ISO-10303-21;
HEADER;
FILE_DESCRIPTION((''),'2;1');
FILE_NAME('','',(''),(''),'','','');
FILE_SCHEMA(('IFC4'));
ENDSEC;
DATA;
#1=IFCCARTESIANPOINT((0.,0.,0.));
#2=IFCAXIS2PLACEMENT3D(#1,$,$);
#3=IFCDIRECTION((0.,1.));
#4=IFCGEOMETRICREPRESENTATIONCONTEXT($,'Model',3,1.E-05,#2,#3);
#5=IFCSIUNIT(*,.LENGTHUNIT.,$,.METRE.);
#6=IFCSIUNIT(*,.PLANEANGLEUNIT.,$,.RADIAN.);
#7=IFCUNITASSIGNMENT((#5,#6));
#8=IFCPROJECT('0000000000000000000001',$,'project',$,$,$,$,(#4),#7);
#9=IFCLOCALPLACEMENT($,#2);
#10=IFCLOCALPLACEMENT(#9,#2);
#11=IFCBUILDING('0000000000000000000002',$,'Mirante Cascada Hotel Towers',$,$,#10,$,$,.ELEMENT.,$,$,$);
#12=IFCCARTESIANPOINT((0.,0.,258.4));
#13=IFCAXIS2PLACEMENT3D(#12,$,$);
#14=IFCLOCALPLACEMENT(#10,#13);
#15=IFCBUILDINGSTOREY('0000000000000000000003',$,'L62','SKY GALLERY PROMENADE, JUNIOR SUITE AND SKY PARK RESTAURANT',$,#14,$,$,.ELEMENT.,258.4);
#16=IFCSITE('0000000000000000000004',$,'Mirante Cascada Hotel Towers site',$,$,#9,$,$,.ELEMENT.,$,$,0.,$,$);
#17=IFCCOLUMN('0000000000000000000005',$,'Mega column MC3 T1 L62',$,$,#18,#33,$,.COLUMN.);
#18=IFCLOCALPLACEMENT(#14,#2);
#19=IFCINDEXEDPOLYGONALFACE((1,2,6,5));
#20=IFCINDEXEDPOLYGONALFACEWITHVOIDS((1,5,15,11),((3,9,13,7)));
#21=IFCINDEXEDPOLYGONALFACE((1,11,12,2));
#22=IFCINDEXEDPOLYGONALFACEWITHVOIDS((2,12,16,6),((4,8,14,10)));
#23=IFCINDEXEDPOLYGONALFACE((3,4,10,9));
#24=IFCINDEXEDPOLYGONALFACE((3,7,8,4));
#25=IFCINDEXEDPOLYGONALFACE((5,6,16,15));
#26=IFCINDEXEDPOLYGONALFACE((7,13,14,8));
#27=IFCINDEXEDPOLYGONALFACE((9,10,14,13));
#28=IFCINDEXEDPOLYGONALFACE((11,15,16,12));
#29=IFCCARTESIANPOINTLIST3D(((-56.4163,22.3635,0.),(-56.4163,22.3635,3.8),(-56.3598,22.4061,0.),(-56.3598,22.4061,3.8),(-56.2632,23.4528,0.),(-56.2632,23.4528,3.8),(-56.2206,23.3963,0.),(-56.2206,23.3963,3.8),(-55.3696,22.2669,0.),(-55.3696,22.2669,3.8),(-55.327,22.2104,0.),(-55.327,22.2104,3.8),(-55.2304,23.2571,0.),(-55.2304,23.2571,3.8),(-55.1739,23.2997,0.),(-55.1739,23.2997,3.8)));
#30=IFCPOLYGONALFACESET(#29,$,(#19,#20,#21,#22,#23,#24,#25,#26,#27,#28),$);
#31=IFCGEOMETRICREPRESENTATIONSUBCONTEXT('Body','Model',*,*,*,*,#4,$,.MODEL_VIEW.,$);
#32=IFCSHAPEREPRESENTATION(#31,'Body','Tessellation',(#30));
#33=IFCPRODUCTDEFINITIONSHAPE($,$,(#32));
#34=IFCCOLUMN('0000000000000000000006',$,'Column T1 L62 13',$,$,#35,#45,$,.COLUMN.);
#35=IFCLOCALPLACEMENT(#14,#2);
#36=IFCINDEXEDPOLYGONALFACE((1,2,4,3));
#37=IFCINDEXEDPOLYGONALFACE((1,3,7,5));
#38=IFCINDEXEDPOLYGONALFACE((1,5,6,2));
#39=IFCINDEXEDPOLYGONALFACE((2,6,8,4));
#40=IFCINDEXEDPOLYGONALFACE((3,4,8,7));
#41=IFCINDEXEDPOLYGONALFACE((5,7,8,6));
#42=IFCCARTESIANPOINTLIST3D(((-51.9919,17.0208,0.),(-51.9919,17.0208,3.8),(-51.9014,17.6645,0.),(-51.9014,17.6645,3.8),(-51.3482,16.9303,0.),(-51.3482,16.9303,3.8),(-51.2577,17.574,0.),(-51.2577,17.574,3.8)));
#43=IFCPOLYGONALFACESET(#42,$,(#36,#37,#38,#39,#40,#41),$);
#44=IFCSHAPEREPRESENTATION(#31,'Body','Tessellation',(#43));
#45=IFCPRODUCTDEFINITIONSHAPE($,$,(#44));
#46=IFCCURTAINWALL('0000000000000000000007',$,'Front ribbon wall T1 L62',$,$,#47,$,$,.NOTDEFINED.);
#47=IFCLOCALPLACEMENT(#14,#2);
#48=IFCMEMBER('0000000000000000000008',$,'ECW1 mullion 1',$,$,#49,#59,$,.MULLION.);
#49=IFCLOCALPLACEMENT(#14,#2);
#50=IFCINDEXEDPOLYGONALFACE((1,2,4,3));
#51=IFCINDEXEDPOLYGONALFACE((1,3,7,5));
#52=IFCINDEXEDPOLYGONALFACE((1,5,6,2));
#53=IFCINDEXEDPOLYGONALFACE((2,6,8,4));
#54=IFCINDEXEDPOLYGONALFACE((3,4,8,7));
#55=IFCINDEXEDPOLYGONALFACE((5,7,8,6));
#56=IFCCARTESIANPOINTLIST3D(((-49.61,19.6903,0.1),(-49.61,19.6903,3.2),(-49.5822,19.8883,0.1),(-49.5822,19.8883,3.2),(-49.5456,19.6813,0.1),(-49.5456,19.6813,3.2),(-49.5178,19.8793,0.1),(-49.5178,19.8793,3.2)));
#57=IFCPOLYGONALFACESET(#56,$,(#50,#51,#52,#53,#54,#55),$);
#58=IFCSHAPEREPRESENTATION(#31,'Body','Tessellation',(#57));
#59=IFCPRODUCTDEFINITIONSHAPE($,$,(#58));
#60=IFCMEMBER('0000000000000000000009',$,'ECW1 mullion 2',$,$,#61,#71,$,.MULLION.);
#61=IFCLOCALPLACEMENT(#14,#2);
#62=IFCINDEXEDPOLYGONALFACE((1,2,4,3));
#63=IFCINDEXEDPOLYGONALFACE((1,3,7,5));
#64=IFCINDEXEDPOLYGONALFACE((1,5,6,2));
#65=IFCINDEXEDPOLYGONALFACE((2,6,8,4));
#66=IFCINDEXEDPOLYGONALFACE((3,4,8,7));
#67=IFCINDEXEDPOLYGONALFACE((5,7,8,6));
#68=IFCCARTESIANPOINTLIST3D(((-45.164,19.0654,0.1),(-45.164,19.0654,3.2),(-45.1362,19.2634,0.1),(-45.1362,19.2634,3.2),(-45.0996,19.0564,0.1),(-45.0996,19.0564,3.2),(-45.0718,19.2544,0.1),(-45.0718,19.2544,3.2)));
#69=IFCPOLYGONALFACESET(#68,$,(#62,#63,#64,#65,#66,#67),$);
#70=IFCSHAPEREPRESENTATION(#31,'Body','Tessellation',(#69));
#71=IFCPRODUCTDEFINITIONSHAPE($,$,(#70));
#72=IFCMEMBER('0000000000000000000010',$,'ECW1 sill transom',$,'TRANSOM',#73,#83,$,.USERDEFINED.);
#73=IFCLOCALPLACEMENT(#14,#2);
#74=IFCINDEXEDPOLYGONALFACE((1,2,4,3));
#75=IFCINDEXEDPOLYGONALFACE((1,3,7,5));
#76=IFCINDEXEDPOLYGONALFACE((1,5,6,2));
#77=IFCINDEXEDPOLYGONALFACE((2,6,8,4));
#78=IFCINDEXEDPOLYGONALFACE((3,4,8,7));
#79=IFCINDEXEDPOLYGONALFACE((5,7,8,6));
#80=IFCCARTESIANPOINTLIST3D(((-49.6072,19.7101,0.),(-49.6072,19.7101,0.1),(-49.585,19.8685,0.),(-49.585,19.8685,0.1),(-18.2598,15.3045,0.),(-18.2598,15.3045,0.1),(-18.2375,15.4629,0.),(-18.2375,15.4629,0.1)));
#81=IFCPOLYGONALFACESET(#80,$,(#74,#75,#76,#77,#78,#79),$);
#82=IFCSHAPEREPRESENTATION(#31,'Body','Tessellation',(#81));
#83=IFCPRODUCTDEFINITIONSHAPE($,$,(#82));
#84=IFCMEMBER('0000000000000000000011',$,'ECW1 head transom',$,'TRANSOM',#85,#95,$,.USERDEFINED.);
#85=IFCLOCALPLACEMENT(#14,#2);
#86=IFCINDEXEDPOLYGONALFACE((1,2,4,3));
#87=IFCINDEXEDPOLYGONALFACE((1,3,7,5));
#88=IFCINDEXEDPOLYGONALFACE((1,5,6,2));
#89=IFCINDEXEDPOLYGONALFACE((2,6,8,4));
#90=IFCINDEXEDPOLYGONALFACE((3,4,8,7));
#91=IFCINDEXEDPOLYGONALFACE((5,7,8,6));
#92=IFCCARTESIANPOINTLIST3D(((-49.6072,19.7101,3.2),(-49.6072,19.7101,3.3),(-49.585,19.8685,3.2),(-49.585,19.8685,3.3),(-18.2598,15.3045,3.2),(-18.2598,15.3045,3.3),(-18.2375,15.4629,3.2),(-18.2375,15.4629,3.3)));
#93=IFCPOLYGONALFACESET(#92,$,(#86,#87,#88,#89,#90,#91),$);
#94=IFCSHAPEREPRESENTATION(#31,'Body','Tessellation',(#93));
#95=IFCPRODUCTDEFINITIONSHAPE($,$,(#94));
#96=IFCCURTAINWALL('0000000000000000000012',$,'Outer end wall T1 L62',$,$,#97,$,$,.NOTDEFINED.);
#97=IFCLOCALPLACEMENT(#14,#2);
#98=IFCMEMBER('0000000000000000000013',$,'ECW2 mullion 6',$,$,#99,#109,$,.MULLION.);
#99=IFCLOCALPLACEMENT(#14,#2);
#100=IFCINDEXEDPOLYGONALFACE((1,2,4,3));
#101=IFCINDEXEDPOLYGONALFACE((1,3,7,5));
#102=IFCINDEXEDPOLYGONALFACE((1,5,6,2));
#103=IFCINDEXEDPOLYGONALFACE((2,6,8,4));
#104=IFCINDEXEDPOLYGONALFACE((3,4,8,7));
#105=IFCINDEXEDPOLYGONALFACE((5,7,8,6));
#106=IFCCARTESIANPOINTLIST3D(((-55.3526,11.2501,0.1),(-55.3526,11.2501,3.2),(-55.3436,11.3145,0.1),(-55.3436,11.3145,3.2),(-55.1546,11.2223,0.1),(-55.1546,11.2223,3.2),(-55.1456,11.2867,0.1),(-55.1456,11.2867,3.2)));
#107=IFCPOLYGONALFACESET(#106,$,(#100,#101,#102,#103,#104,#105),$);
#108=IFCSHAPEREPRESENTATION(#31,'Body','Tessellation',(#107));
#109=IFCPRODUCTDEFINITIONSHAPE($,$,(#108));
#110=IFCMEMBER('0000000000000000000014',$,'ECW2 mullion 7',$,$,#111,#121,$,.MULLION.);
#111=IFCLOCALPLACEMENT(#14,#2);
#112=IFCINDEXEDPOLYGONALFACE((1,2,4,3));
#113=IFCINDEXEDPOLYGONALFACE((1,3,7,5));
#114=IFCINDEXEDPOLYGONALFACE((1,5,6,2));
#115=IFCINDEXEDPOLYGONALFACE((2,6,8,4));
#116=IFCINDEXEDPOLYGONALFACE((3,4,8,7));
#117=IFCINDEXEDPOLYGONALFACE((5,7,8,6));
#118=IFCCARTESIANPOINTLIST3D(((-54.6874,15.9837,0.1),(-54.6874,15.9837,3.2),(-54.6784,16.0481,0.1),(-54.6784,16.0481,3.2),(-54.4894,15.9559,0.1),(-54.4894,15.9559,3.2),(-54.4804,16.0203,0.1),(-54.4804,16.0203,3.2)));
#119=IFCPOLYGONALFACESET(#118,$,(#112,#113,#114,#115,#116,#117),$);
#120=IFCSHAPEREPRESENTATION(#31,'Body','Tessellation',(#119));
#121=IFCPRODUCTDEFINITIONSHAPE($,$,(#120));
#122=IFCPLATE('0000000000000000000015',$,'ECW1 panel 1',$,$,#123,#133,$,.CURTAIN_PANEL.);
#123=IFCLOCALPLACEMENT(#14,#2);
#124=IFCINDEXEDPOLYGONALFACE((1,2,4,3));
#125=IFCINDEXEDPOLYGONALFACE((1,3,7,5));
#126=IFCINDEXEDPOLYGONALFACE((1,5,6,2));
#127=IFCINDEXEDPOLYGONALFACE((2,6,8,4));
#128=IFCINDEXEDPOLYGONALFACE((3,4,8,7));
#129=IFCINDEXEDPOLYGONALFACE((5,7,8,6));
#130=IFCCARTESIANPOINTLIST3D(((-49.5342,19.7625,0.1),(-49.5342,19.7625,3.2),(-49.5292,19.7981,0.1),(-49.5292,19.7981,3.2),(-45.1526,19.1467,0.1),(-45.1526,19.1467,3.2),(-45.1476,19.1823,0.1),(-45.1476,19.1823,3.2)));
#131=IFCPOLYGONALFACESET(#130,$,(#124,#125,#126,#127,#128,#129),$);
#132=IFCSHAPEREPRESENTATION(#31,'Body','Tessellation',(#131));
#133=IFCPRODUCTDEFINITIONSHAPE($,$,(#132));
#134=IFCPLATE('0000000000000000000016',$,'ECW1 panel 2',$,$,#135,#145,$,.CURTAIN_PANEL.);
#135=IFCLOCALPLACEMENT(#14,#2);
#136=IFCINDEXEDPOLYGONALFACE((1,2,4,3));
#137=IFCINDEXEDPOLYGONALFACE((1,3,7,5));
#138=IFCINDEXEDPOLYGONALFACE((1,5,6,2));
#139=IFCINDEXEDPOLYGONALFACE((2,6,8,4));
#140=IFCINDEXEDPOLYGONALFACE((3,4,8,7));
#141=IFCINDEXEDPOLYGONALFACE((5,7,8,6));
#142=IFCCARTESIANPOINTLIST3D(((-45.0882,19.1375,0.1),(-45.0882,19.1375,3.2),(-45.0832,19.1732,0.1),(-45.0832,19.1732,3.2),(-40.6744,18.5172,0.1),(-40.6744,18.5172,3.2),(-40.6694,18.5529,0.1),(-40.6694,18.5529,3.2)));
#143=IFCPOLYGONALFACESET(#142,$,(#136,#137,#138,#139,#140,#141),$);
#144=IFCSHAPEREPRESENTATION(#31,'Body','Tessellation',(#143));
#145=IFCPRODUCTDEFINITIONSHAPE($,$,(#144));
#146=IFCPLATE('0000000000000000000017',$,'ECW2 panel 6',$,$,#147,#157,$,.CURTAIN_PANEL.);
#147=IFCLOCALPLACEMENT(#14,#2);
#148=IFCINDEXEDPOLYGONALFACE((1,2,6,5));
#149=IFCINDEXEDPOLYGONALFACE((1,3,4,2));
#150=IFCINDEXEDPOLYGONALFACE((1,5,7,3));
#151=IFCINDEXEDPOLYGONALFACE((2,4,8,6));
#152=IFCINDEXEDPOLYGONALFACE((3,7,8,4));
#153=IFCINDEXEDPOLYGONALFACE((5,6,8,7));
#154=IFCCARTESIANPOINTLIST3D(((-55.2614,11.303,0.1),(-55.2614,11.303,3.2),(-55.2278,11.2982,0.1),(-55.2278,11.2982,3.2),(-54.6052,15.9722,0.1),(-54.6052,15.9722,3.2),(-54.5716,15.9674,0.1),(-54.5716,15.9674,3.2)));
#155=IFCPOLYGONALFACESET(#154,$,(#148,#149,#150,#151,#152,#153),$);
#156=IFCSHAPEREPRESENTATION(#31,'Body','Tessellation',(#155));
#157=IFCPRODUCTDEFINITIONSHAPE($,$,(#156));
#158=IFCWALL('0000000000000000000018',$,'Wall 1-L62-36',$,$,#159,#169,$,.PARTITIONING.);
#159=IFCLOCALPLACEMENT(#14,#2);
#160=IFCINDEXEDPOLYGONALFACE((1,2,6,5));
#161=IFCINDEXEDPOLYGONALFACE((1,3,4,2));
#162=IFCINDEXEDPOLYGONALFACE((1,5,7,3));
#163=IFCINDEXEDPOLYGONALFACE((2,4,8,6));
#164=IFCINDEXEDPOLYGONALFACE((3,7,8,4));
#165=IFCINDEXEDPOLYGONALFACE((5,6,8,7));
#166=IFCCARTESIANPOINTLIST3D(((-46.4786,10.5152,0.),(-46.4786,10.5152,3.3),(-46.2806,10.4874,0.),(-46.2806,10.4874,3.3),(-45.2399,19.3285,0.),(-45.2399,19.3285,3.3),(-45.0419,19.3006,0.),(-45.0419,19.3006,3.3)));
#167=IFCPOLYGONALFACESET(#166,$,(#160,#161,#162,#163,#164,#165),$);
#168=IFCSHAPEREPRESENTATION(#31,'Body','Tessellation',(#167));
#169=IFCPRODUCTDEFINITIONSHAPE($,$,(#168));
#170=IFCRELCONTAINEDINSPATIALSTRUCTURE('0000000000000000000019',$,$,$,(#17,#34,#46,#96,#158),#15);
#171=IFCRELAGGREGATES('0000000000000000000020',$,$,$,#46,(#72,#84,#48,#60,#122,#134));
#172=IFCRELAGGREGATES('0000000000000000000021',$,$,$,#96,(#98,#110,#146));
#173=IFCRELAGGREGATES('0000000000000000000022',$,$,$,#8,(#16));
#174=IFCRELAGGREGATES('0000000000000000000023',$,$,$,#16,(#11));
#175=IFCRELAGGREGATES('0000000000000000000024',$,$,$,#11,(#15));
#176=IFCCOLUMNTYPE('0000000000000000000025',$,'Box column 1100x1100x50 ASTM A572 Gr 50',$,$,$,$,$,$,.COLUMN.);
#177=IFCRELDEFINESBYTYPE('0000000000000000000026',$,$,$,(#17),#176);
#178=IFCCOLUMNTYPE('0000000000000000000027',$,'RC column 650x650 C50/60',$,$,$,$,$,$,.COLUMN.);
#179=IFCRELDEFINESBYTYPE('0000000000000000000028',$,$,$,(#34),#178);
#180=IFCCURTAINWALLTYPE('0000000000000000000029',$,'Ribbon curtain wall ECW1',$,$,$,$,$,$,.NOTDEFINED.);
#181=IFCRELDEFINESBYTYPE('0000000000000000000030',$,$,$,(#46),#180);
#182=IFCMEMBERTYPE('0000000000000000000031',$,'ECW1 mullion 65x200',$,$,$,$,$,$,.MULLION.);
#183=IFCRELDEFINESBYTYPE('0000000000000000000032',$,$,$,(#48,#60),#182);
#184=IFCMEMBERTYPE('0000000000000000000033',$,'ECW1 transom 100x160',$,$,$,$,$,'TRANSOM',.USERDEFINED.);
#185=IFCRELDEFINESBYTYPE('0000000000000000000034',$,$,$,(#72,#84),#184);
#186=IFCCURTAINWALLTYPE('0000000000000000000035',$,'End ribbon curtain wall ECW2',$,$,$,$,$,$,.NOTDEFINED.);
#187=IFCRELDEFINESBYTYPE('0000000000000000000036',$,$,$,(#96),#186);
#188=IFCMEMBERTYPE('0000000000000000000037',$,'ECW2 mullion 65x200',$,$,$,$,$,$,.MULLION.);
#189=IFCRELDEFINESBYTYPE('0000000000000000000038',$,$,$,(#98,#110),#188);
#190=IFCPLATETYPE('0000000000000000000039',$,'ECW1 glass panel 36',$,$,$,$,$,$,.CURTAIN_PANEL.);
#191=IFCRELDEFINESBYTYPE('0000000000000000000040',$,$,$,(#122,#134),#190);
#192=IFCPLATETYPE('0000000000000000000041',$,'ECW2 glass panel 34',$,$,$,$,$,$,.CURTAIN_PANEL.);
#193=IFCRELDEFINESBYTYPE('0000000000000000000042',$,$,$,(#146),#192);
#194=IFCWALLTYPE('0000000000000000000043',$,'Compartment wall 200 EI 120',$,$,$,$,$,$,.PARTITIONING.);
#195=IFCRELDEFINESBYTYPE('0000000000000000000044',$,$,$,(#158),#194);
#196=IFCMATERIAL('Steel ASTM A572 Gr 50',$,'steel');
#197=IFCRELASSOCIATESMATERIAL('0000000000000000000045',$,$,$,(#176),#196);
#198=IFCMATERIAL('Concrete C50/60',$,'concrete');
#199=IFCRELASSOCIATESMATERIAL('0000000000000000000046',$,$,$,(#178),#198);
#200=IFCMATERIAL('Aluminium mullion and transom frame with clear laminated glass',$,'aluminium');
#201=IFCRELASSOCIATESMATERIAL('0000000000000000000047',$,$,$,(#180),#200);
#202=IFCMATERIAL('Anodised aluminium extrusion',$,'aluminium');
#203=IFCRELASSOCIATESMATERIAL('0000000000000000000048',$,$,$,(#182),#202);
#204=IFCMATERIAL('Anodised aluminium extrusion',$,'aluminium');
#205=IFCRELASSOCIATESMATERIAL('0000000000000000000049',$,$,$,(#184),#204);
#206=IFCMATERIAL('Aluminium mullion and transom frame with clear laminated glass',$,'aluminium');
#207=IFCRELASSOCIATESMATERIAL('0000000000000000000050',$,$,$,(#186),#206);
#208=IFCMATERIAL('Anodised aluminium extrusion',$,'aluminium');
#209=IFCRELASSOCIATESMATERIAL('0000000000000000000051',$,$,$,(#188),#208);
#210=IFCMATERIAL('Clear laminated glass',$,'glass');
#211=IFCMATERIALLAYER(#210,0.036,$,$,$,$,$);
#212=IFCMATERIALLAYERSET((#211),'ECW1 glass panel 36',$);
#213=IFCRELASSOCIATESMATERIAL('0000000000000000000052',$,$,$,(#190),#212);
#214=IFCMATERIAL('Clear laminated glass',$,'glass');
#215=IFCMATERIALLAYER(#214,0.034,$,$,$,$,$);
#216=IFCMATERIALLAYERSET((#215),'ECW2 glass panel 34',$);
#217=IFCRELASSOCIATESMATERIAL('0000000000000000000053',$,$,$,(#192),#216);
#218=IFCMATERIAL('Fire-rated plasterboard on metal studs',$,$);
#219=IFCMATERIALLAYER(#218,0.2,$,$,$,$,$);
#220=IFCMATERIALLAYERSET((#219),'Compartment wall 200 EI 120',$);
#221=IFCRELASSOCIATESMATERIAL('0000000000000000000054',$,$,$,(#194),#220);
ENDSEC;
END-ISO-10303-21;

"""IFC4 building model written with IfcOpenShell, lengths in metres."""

from ifc_helpers import new_model, si_unit, direction, frame, frame_2d, origin, origin_2d, place, context, subcontext, project, spatial, rectangle, hollow_rectangle, extrude, material, layer, layer_set, material_profile, profile_set, type_object, element, aggregate, save


model = new_model("IFC4")

# Units and contexts
model_context = context("Model", 3, precision=1e-05, world=origin(), true_north=direction((0.0, 1.0)))
body_context = subcontext(model_context, "Body", "Model", "MODEL_VIEW")
ifc_project = project(units=[si_unit("LENGTHUNIT", "METRE"), si_unit("PLANEANGLEUNIT", "RADIAN")], contexts=[model_context])

# Site, building, storey
site_placement = place(None, origin())
site = spatial("IfcSite", under=ifc_project, at=site_placement, Name="Mirante Cascada Hotel Towers site", CompositionType="ELEMENT", RefElevation=0.0)
building_placement = place(site_placement, origin())
building = spatial("IfcBuilding", under=site, at=building_placement, Name="Mirante Cascada Hotel Towers", CompositionType="ELEMENT")
storey_placement = place(building_placement, frame((0.0, 0.0, 258.4)))
storey = spatial("IfcBuildingStorey", under=building, at=storey_placement, Name="L62", Description="SKY GALLERY PROMENADE, JUNIOR SUITE AND SKY PARK RESTAURANT", CompositionType="ELEMENT", Elevation=258.4)

# Columns
ifc_material_1 = material(Name="Steel ASTM A572 Gr 50", Category="steel")
ifc_material_profile_1 = material_profile(ifc_material_1, hollow_rectangle(XDim=1.1, YDim=1.1, WallThickness=0.05, at=origin_2d()), Name="Box column 1100x1100x50 ASTM A572 Gr 50")
ifc_profile_set_1 = profile_set([ifc_material_profile_1], Name="Steel ASTM A572 Gr 50")
column_type_1 = type_object("IfcColumnType", Name="Box column 1100x1100x50 ASTM A572 Gr 50", PredefinedType="COLUMN", material=ifc_profile_set_1)
column_1_placement = place(storey_placement, frame((-55.7951, 22.8316, 0.0), z_axis=(0.0, 0.0, 1.0), x_axis=(-0.990268, 0.139173, 0.0)))
element("IfcColumn", 1, at=column_1_placement, inside=storey, type_object=column_type_1, Name="Mega column MC3 T1 L62", PredefinedType="COLUMN", context=body_context, shape_type="SweptSolid", body=[
    extrude(hollow_rectangle(XDim=1.1, YDim=1.1, WallThickness=0.05, at=origin_2d()), origin(), (0.0, 0.0, 1.0), 3.8),
])
ifc_material_2 = material(Name="Concrete C50/60", Category="concrete")
ifc_material_profile_2 = material_profile(ifc_material_2, rectangle(XDim=0.65, YDim=0.65, at=origin_2d()), Name="RC column 650x650 C50/60")
ifc_profile_set_2 = profile_set([ifc_material_profile_2], Name="Concrete C50/60")
column_type_2 = type_object("IfcColumnType", Name="RC column 650x650 C50/60", PredefinedType="COLUMN", material=ifc_profile_set_2)
column_2_placement = place(storey_placement, frame((-51.6248, 17.2974, 0.0), z_axis=(0.0, 0.0, 1.0), x_axis=(-0.990268, 0.139173, 0.0)))
element("IfcColumn", 2, at=column_2_placement, inside=storey, type_object=column_type_2, Name="Column T1 L62 13", PredefinedType="COLUMN", context=body_context, shape_type="SweptSolid", body=[
    extrude(rectangle(XDim=0.65, YDim=0.65, at=origin_2d()), origin(), (0.0, 0.0, 1.0), 3.8),
])

# Curtain walls, members
ifc_material_3 = material(Name="Aluminium mullion and transom frame with clear laminated glass", Category="aluminium")
curtain_wall_type_1 = type_object("IfcCurtainWallType", Name="Ribbon curtain wall ECW1", PredefinedType="NOTDEFINED", material=ifc_material_3)
curtain_wall_1_placement = place(storey_placement, origin())
curtain_wall_1 = element("IfcCurtainWall", 3, at=curtain_wall_1_placement, inside=storey, type_object=curtain_wall_type_1, Name="Front ribbon wall T1 L62", PredefinedType="NOTDEFINED")
ifc_material_4 = material(Name="Anodised aluminium extrusion", Category="aluminium")
ifc_material_profile_3 = material_profile(ifc_material_4, rectangle(XDim=0.2, YDim=0.065, at=origin_2d()), Name="ECW1 MULLION 65x200")
ifc_profile_set_3 = profile_set([ifc_material_profile_3], Name="Anodised aluminium extrusion")
member_type_1 = type_object("IfcMemberType", Name="ECW1 mullion 65x200", PredefinedType="MULLION", material=ifc_profile_set_3)
member_1_placement = place(storey_placement, frame((-49.5639, 19.7848, 0.1), z_axis=(0.0, 0.0, 1.0), x_axis=(0.139173, 0.990268, 0.0)))
member_1 = element("IfcMember", 4, at=member_1_placement, type_object=member_type_1, Name="ECW1 mullion 1", PredefinedType="MULLION", context=body_context, shape_type="SweptSolid", body=[
    extrude(rectangle(XDim=0.2, YDim=0.065, at=origin_2d()), origin(), (0.0, 0.0, 1.0), 3.1),
])
member_2_placement = place(storey_placement, frame((-45.1179, 19.1599, 0.1), z_axis=(0.0, 0.0, 1.0), x_axis=(0.139173, 0.990268, 0.0)))
member_2 = element("IfcMember", 5, at=member_2_placement, type_object=member_type_1, Name="ECW1 mullion 2", PredefinedType="MULLION", context=body_context, shape_type="SweptSolid", body=[
    extrude(rectangle(XDim=0.2, YDim=0.065, at=origin_2d()), origin(), (0.0, 0.0, 1.0), 3.1),
])
ifc_material_5 = material(Name="Anodised aluminium extrusion", Category="aluminium")
ifc_material_profile_4 = material_profile(ifc_material_5, rectangle(XDim=0.16, YDim=0.1, at=origin_2d()), Name="ECW1 TRANSOM 100x160")
ifc_profile_set_4 = profile_set([ifc_material_profile_4], Name="Anodised aluminium extrusion")
member_type_2 = type_object("IfcMemberType", Name="ECW1 transom 100x160", ElementType="TRANSOM", PredefinedType="USERDEFINED", material=ifc_profile_set_4)
member_3_placement = place(storey_placement, frame((-49.5961, 19.7893, 0.05), z_axis=(0.990268, -0.139173, 0.0), x_axis=(0.139173, 0.990268, 0.0)))
member_3 = element("IfcMember", 6, at=member_3_placement, type_object=member_type_2, Name="ECW1 sill transom", ObjectType="TRANSOM", PredefinedType="USERDEFINED", context=body_context, shape_type="SweptSolid", body=[
    extrude(rectangle(XDim=0.16, YDim=0.1, at=origin_2d()), origin(), (0.0, 0.0, 1.0), 31.6555),
])
member_4_placement = place(storey_placement, frame((-49.5961, 19.7893, 3.25), z_axis=(0.990268, -0.139173, 0.0), x_axis=(0.139173, 0.990268, 0.0)))
member_4 = element("IfcMember", 7, at=member_4_placement, type_object=member_type_2, Name="ECW1 head transom", ObjectType="TRANSOM", PredefinedType="USERDEFINED", context=body_context, shape_type="SweptSolid", body=[
    extrude(rectangle(XDim=0.16, YDim=0.1, at=origin_2d()), origin(), (0.0, 0.0, 1.0), 31.6555),
])
ifc_material_6 = material(Name="Aluminium mullion and transom frame with clear laminated glass", Category="aluminium")
curtain_wall_type_2 = type_object("IfcCurtainWallType", Name="End ribbon curtain wall ECW2", PredefinedType="NOTDEFINED", material=ifc_material_6)
curtain_wall_2_placement = place(storey_placement, origin())
curtain_wall_2 = element("IfcCurtainWall", 8, at=curtain_wall_2_placement, inside=storey, type_object=curtain_wall_type_2, Name="Outer end wall T1 L62", PredefinedType="NOTDEFINED")
ifc_material_7 = material(Name="Anodised aluminium extrusion", Category="aluminium")
ifc_material_profile_5 = material_profile(ifc_material_7, rectangle(XDim=0.2, YDim=0.065, at=origin_2d()), Name="ECW2 MULLION 65x200")
ifc_profile_set_5 = profile_set([ifc_material_profile_5], Name="Anodised aluminium extrusion")
member_type_3 = type_object("IfcMemberType", Name="ECW2 mullion 65x200", PredefinedType="MULLION", material=ifc_profile_set_5)
member_5_placement = place(storey_placement, frame((-55.2491, 11.2684, 0.1), z_axis=(0.0, 0.0, 1.0), x_axis=(-0.990268, 0.139173, 0.0)))
member_5 = element("IfcMember", 9, at=member_5_placement, type_object=member_type_3, Name="ECW2 mullion 6", PredefinedType="MULLION", context=body_context, shape_type="SweptSolid", body=[
    extrude(rectangle(XDim=0.2, YDim=0.065, at=origin_2d()), origin(), (0.0, 0.0, 1.0), 3.1),
])
member_6_placement = place(storey_placement, frame((-54.5839, 16.002, 0.1), z_axis=(0.0, 0.0, 1.0), x_axis=(-0.990268, 0.139173, 0.0)))
member_6 = element("IfcMember", 10, at=member_6_placement, type_object=member_type_3, Name="ECW2 mullion 7", PredefinedType="MULLION", context=body_context, shape_type="SweptSolid", body=[
    extrude(rectangle(XDim=0.2, YDim=0.065, at=origin_2d()), origin(), (0.0, 0.0, 1.0), 3.1),
])

# Plates
ifc_material_8 = material(Name="Clear laminated glass", Category="glass")
ifc_layer_1 = layer(ifc_material_8, 0.036)
ifc_layer_set_1 = layer_set([ifc_layer_1], Name="ECW1 glass panel 36")
plate_type_1 = type_object("IfcPlateType", Name="ECW1 glass panel 36", PredefinedType="CURTAIN_PANEL", material=ifc_layer_set_1)
plate_1_placement = place(storey_placement, frame((-47.3409, 19.4724, 0.1), z_axis=(0.0, 0.0, 1.0), x_axis=(0.990268, -0.139173, 0.0)))
plate_1 = element("IfcPlate", 11, at=plate_1_placement, type_object=plate_type_1, Name="ECW1 panel 1", PredefinedType="CURTAIN_PANEL", context=body_context, shape_type="SweptSolid", body=[
    extrude(rectangle(XDim=4.4247, YDim=0.036, at=origin_2d()), origin(), (0.0, 0.0, 1.0), 3.1),
])
plate_2_placement = place(storey_placement, frame((-42.8788, 18.8452, 0.1), z_axis=(0.0, 0.0, 1.0), x_axis=(0.990268, -0.139173, 0.0)))
plate_2 = element("IfcPlate", 12, at=plate_2_placement, type_object=plate_type_1, Name="ECW1 panel 2", PredefinedType="CURTAIN_PANEL", context=body_context, shape_type="SweptSolid", body=[
    extrude(rectangle(XDim=4.4572, YDim=0.036, at=origin_2d()), origin(), (0.0, 0.0, 1.0), 3.1),
])
aggregate(curtain_wall_1, [member_3, member_4, member_1, member_2, plate_1, plate_2])
ifc_material_9 = material(Name="Clear laminated glass", Category="glass")
ifc_layer_2 = layer(ifc_material_9, 0.034)
ifc_layer_set_2 = layer_set([ifc_layer_2], Name="ECW2 glass panel 34")
plate_type_2 = type_object("IfcPlateType", Name="ECW2 glass panel 34", PredefinedType="CURTAIN_PANEL", material=ifc_layer_set_2)
plate_3_placement = place(storey_placement, frame((-54.9165, 13.6352, 0.1), z_axis=(0.0, 0.0, 1.0), x_axis=(0.139173, 0.990268, 0.0)))
plate_3 = element("IfcPlate", 13, at=plate_3_placement, type_object=plate_type_2, Name="ECW2 panel 6", PredefinedType="CURTAIN_PANEL", context=body_context, shape_type="SweptSolid", body=[
    extrude(rectangle(XDim=4.7151, YDim=0.034, at=origin_2d()), origin(), (0.0, 0.0, 1.0), 3.1),
])
aggregate(curtain_wall_2, [member_5, member_6, plate_3])

# Wall
ifc_material_10 = material(Name="Fire-rated plasterboard on metal studs")
ifc_layer_3 = layer(ifc_material_10, 0.2)
ifc_layer_set_3 = layer_set([ifc_layer_3], Name="Compartment wall 200 EI 120")
wall_type_1 = type_object("IfcWallType", Name="Compartment wall 200 EI 120", PredefinedType="PARTITIONING", material=ifc_layer_set_3)
wall_1_placement = place(storey_placement, frame((-45.1409, 19.3146, 0.0), z_axis=(0.0, 0.0, 1.0), x_axis=(-0.139181, -0.990267, 0.0)))
element("IfcWall", 14, at=wall_1_placement, inside=storey, type_object=wall_type_1, Name="Wall 1-L62-36", PredefinedType="PARTITIONING", context=body_context, shape_type="SweptSolid", body=[
    extrude(rectangle(XDim=8.8999, YDim=0.2, at=frame_2d((4.45, 0.0))), origin(), (0.0, 0.0, 1.0), 3.3),
])

save(model, "model.ifc")
